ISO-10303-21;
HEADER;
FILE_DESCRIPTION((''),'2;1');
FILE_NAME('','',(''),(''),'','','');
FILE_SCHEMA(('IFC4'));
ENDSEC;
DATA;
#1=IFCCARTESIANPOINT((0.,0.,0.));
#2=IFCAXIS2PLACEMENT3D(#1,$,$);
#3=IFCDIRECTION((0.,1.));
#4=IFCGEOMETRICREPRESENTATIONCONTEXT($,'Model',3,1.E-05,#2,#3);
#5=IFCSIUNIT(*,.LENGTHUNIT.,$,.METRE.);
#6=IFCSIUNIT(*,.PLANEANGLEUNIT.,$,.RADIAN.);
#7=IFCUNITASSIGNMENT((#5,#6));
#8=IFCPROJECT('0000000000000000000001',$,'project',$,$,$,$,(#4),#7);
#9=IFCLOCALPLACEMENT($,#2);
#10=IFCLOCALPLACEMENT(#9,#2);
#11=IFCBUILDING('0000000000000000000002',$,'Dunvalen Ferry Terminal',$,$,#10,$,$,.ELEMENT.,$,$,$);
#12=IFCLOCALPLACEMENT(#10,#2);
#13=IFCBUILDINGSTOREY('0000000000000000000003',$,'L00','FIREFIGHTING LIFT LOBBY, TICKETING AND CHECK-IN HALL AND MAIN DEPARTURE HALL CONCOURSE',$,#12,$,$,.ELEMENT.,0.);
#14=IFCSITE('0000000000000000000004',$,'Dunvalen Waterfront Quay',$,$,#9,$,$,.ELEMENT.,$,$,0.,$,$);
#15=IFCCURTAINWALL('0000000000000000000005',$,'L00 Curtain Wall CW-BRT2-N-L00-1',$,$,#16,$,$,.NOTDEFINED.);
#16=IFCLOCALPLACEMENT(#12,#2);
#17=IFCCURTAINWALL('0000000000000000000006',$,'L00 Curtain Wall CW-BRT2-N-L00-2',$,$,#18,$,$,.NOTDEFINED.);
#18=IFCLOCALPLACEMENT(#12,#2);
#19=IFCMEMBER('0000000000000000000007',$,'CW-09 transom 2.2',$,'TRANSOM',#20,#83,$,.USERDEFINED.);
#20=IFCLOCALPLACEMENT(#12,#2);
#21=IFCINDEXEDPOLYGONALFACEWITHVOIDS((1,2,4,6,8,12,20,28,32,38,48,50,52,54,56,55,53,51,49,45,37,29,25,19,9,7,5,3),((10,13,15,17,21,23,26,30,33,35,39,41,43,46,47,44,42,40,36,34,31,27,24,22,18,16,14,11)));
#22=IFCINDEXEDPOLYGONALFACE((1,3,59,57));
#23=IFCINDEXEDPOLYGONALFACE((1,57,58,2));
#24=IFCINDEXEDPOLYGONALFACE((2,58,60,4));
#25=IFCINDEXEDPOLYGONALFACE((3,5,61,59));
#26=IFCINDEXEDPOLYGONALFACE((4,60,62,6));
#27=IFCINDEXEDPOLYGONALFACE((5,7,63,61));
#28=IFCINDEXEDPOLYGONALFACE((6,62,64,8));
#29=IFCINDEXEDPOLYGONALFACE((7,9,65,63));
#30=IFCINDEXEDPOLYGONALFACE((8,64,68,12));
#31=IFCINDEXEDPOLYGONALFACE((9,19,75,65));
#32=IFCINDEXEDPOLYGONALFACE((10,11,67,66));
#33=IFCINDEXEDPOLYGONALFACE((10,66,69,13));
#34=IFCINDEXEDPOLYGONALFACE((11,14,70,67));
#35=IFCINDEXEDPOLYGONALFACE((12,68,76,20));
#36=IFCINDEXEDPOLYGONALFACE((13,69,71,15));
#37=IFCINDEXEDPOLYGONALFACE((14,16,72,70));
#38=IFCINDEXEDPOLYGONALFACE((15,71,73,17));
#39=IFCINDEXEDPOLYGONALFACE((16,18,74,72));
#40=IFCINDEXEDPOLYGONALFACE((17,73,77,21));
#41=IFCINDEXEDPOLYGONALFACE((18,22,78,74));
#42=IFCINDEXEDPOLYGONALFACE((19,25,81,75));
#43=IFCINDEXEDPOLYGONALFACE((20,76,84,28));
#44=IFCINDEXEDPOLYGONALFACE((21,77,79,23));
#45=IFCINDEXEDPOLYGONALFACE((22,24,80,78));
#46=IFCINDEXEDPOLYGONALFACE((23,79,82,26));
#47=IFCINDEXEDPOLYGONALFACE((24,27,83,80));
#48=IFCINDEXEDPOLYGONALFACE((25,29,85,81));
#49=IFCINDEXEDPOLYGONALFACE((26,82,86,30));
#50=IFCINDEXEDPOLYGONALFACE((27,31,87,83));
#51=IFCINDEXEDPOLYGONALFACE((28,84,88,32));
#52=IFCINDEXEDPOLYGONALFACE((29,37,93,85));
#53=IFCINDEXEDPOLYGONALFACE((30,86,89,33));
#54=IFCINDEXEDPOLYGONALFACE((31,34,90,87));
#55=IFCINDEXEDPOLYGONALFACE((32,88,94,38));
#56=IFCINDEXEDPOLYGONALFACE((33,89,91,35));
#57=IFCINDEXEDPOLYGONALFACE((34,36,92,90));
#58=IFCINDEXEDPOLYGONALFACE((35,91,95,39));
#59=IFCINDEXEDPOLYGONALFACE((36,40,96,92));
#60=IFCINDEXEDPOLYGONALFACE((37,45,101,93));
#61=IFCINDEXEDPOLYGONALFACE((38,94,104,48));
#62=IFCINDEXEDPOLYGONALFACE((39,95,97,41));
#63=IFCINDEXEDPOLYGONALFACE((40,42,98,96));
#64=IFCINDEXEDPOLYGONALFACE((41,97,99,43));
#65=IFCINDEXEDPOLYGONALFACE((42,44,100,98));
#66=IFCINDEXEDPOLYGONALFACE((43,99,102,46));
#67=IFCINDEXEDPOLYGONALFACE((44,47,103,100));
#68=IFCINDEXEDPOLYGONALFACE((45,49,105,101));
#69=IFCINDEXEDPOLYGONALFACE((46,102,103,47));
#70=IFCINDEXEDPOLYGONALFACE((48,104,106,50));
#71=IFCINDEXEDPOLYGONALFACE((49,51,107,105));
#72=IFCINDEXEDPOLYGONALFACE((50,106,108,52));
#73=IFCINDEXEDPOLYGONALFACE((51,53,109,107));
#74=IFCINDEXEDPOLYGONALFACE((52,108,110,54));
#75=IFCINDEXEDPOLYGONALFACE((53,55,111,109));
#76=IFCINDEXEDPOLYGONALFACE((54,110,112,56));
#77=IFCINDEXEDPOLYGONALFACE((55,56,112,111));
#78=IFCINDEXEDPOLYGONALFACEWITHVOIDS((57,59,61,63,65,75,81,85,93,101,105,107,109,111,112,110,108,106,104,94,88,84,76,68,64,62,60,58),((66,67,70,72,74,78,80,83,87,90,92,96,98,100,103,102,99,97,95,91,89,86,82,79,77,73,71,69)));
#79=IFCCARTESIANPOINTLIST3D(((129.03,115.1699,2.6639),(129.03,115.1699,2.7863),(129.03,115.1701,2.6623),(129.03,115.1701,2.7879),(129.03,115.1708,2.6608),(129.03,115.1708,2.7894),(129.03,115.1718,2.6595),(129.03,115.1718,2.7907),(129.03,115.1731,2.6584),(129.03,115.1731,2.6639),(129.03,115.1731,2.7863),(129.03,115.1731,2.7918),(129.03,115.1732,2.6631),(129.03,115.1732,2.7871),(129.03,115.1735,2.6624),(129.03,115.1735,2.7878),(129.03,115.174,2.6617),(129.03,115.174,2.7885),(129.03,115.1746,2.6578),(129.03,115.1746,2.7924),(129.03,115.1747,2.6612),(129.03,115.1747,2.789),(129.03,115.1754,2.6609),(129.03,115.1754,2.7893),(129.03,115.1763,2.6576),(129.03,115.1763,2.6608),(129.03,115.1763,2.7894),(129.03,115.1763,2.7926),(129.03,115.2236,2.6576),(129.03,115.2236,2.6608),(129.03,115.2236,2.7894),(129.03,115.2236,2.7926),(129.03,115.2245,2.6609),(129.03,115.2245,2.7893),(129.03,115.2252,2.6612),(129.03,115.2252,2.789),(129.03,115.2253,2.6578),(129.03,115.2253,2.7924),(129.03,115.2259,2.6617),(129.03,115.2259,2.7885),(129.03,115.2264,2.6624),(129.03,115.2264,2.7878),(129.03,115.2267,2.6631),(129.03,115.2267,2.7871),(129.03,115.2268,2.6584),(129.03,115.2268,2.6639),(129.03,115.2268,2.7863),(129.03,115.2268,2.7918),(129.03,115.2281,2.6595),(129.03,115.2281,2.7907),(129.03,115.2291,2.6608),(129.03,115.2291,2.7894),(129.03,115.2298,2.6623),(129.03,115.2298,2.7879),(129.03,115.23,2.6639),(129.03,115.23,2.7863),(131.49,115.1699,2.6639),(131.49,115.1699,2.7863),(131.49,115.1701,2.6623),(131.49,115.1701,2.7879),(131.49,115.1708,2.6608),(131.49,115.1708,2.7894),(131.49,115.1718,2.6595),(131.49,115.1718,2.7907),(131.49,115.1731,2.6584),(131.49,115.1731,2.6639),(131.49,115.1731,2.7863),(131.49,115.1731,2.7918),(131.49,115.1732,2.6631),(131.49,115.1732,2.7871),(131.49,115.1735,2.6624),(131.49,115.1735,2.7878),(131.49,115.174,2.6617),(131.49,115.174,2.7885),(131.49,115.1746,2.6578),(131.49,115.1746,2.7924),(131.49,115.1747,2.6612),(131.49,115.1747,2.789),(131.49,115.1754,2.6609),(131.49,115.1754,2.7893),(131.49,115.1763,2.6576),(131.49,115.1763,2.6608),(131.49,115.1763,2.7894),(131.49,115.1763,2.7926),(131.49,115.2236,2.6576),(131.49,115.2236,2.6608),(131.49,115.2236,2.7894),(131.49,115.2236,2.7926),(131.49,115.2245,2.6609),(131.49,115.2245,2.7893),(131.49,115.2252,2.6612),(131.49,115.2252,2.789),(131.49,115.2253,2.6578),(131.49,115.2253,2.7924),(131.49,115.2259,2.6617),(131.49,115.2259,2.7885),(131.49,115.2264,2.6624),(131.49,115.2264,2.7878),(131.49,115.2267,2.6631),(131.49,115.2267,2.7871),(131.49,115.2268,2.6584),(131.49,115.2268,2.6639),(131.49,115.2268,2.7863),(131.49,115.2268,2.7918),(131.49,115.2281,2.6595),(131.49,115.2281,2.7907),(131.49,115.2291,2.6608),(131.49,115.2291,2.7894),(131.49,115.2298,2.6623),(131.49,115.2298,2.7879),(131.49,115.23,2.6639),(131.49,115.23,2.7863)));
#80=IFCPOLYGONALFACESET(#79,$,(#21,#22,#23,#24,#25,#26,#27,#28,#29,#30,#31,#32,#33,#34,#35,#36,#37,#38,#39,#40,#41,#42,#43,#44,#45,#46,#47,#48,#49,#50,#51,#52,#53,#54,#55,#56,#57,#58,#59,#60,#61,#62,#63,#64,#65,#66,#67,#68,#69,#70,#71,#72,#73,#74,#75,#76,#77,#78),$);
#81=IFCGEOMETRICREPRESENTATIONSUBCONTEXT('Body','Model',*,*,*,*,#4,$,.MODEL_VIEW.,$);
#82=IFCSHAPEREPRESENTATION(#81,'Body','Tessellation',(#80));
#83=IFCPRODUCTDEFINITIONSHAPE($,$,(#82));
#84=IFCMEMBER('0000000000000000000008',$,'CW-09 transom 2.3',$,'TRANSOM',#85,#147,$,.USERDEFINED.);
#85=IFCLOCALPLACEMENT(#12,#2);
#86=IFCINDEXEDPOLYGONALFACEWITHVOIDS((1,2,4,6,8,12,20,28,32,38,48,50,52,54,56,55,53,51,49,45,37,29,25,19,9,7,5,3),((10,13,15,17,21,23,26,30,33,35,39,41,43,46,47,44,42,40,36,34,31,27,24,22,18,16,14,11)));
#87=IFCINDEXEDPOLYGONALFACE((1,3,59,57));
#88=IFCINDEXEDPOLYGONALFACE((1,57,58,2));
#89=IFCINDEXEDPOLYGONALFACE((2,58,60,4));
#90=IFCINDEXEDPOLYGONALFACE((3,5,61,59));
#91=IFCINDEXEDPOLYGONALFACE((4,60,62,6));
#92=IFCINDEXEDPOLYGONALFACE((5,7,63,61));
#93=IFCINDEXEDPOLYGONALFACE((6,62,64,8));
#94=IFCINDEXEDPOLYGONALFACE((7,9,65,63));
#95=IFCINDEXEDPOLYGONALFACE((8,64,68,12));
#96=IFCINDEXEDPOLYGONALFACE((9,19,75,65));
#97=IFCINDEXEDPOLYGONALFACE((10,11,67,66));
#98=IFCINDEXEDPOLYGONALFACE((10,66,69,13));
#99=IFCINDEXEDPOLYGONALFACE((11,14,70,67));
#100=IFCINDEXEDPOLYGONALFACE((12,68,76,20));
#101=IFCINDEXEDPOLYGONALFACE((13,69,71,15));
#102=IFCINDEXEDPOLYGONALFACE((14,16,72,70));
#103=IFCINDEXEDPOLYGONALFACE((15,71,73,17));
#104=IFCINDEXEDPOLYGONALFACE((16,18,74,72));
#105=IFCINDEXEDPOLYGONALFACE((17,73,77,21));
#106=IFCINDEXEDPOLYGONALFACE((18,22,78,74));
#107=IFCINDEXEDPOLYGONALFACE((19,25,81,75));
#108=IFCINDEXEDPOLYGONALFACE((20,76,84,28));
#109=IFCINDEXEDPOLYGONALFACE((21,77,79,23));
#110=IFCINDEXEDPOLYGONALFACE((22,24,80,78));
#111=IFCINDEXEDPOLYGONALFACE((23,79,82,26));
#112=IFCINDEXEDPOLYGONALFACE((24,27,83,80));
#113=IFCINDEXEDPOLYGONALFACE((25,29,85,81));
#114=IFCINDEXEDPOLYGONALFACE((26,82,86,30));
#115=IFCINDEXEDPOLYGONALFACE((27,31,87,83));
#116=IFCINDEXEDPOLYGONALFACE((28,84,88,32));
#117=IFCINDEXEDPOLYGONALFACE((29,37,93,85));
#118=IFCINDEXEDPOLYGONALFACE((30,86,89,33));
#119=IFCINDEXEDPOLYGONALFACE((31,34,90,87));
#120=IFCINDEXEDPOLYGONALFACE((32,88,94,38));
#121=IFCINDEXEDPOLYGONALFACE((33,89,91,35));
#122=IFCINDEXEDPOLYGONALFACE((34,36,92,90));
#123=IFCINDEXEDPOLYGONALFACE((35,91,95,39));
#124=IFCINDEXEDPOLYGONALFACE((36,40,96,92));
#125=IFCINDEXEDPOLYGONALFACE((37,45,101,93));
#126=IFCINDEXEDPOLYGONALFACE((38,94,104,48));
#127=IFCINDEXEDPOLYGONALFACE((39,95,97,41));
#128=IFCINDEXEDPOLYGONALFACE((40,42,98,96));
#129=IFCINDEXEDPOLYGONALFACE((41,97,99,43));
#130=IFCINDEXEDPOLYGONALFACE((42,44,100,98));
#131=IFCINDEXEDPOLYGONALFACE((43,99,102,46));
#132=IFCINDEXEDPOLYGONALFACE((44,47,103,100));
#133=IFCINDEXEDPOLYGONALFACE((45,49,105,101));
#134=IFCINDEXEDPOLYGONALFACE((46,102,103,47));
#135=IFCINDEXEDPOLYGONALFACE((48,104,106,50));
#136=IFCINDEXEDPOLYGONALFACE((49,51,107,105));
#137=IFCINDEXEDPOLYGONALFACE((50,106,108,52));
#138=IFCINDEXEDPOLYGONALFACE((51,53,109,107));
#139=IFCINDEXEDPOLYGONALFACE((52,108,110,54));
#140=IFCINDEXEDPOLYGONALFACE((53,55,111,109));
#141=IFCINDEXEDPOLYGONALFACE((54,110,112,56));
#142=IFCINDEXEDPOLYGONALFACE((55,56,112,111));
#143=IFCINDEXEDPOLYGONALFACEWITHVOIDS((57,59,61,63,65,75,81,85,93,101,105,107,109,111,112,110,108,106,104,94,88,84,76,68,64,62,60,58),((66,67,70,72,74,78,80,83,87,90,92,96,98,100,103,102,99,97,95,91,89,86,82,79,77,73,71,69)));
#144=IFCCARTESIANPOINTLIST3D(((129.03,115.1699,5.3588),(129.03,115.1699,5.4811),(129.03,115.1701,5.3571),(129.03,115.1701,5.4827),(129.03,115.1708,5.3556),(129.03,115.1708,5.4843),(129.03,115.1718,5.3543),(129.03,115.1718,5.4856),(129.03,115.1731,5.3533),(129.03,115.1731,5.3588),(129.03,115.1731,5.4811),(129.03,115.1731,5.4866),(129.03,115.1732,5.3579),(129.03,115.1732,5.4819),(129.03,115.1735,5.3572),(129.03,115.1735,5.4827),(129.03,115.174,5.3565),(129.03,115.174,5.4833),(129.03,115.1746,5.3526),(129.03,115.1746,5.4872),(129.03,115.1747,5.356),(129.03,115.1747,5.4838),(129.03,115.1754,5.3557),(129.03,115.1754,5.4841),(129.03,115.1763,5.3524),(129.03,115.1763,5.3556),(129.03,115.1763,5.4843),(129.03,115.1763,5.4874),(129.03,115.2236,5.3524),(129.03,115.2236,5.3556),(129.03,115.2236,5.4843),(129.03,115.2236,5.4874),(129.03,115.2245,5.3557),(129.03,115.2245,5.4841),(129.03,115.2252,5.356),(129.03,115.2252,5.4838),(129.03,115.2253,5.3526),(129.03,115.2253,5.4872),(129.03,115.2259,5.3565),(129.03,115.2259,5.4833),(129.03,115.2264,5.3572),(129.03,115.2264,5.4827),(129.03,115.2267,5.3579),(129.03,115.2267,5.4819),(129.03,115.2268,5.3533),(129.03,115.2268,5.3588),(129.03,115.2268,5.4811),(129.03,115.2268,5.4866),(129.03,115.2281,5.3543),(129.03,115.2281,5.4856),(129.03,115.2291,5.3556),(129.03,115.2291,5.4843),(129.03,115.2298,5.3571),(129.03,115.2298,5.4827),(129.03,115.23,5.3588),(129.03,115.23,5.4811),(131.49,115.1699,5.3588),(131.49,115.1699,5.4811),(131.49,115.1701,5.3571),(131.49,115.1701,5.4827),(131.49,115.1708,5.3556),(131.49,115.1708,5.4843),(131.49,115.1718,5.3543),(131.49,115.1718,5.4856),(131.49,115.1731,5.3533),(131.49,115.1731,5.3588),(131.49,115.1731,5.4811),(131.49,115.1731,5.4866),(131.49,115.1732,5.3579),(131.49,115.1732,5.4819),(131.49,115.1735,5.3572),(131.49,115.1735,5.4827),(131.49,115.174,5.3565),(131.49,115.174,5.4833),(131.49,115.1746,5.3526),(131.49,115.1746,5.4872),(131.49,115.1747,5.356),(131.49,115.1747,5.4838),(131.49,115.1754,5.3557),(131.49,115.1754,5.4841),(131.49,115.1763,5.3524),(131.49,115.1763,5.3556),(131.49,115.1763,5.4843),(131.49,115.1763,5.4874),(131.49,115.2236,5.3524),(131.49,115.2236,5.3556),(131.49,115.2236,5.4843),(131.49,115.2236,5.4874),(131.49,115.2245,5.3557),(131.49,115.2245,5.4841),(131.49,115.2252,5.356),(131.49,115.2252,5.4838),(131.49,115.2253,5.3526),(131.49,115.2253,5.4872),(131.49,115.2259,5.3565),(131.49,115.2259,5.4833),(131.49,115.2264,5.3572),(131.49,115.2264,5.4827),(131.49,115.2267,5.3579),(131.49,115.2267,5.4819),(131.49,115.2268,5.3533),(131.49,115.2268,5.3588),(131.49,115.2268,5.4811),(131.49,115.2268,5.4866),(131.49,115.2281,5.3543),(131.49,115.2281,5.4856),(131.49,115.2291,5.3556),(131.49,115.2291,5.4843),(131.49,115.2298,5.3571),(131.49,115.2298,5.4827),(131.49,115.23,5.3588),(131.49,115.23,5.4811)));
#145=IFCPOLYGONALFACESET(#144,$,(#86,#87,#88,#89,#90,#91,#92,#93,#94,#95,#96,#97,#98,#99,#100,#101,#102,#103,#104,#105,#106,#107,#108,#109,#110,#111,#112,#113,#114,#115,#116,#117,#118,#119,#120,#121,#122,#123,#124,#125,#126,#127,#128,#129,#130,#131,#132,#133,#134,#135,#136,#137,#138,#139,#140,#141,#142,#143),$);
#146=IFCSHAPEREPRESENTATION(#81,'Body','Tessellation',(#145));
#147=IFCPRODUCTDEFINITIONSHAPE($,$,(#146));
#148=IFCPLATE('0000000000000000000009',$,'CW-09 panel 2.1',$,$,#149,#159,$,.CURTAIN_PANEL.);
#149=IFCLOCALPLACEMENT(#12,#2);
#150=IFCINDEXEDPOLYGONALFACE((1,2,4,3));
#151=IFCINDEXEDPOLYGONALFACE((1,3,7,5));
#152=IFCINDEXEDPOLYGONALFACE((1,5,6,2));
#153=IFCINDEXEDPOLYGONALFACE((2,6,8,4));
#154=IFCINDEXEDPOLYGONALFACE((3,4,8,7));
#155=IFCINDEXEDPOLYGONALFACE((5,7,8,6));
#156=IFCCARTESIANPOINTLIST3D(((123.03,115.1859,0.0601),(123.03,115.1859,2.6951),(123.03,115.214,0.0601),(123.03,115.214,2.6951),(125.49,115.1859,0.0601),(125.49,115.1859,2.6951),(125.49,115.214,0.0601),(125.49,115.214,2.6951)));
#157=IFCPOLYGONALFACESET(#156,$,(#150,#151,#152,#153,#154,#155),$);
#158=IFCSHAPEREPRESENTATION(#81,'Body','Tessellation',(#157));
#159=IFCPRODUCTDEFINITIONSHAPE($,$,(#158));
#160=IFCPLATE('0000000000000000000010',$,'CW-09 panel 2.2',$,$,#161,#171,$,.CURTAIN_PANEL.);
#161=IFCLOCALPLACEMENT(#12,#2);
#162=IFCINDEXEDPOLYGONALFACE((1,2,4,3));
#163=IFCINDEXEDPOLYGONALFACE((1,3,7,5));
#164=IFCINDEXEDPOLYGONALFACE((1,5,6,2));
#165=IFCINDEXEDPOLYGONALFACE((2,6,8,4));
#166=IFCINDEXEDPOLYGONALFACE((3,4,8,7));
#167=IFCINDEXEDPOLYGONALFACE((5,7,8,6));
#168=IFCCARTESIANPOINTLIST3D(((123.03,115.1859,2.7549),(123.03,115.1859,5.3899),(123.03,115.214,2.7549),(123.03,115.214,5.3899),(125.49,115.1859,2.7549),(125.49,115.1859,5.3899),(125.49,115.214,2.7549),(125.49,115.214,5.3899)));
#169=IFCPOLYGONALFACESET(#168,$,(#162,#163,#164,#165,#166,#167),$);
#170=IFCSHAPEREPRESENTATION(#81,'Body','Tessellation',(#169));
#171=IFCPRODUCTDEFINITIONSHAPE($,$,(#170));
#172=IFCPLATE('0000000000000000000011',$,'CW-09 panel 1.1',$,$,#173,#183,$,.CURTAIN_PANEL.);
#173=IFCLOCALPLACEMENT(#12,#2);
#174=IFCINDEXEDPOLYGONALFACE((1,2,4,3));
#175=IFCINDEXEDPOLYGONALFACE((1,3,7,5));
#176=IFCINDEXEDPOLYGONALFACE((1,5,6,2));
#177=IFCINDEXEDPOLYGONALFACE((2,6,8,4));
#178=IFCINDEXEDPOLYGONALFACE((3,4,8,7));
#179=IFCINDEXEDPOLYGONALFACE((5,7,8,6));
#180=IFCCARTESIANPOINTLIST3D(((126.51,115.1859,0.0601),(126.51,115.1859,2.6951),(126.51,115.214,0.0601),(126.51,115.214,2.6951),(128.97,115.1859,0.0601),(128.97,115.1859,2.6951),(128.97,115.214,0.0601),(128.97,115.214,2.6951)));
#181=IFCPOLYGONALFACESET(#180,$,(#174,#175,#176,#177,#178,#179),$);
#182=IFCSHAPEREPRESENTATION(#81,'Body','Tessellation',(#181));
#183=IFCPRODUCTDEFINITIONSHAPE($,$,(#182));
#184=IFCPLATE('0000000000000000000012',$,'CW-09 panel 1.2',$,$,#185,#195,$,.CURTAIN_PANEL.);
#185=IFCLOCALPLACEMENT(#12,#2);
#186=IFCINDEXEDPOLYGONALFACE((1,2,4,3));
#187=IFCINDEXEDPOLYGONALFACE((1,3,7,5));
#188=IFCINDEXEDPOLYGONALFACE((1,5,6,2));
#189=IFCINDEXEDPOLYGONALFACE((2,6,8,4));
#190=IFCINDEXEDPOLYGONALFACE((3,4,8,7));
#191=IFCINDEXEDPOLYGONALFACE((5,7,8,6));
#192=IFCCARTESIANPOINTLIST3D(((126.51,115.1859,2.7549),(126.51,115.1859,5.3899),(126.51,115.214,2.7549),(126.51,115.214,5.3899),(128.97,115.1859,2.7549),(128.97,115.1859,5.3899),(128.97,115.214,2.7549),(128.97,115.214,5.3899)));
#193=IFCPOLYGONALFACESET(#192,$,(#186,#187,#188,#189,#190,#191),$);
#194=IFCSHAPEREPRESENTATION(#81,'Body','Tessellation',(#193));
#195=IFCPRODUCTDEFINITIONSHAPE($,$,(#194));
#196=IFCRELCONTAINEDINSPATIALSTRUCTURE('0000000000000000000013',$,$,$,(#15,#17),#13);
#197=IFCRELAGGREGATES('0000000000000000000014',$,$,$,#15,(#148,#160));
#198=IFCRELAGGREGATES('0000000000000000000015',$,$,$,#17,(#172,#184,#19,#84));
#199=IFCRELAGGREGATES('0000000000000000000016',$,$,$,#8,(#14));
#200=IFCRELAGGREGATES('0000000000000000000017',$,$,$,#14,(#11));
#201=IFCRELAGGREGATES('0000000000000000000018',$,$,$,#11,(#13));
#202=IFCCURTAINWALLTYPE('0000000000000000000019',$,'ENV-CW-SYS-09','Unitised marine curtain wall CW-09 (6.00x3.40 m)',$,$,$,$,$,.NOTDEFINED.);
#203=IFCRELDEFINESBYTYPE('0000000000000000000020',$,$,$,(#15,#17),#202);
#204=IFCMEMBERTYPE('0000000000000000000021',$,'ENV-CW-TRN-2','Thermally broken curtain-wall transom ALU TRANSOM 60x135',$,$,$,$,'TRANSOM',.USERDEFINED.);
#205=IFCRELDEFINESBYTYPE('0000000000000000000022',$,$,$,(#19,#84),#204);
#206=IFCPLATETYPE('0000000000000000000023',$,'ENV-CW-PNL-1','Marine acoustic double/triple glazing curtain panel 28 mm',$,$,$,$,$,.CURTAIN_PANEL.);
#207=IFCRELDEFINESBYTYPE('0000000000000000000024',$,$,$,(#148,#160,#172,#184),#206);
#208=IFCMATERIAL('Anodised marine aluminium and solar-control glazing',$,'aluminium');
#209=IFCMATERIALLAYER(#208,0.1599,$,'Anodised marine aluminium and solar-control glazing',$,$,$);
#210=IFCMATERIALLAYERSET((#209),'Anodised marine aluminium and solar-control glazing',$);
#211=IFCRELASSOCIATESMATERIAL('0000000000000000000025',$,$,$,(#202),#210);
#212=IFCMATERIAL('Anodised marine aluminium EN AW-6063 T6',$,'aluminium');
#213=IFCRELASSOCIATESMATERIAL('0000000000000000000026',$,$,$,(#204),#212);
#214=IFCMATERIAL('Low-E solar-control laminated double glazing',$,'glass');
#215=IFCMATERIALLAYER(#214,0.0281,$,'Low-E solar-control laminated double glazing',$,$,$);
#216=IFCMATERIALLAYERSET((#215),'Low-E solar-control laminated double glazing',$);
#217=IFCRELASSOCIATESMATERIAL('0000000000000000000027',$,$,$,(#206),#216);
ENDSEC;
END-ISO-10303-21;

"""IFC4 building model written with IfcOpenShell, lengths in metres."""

from ifc_helpers import new_model, si_unit, direction, frame, origin, origin_2d, place, context, subcontext, project, spatial, rectangle, hollow_rectangle, extrude, material, layer, layer_set, material_profile, profile_set, type_object, element, aggregate, save


model = new_model("IFC4")

# Units and contexts
model_context = context("Model", 3, precision=1e-05, world=origin(), true_north=direction((0.0, 1.0)))
body_context = subcontext(model_context, "Body", "Model", "MODEL_VIEW")
ifc_project = project(units=[si_unit("LENGTHUNIT", "METRE"), si_unit("PLANEANGLEUNIT", "RADIAN")], contexts=[model_context])

# Site, building, storey
site_placement = place(None, origin())
site = spatial("IfcSite", under=ifc_project, at=site_placement, Name="Dunvalen Waterfront Quay", CompositionType="ELEMENT", RefElevation=0.0)
building_placement = place(site_placement, origin())
building = spatial("IfcBuilding", under=site, at=building_placement, Name="Dunvalen Ferry Terminal", CompositionType="ELEMENT")
storey_placement = place(building_placement, origin())
storey = spatial("IfcBuildingStorey", under=building, at=storey_placement, Name="L00", Description="FIREFIGHTING LIFT LOBBY, TICKETING AND CHECK-IN HALL AND MAIN DEPARTURE HALL CONCOURSE", CompositionType="ELEMENT", Elevation=0.0)

# Curtain wall
ifc_material_1 = material(Name="Anodised marine aluminium and solar-control glazing", Category="aluminium")
ifc_layer_1 = layer(ifc_material_1, 0.1599, Name="Anodised marine aluminium and solar-control glazing")
ifc_layer_set_1 = layer_set([ifc_layer_1], Name="Anodised marine aluminium and solar-control glazing")
curtain_wall_type = type_object("IfcCurtainWallType", Name="ENV-CW-SYS-09", Description="Unitised marine curtain wall CW-09 (6.00x3.40 m)", PredefinedType="NOTDEFINED", material=ifc_layer_set_1)
curtain_wall_1_placement = place(storey_placement, origin())
curtain_wall_1 = element("IfcCurtainWall", 1, at=curtain_wall_1_placement, inside=storey, type_object=curtain_wall_type, Name="L00 Curtain Wall CW-BRT2-N-L00-1", PredefinedType="NOTDEFINED")
ifc_material_2 = material(Name="Anodised marine aluminium EN AW-6063 T6", Category="aluminium")

# Curtain wall, members
curtain_wall_2_placement = place(storey_placement, origin())
curtain_wall_2 = element("IfcCurtainWall", 2, at=curtain_wall_2_placement, inside=storey, type_object=curtain_wall_type, Name="L00 Curtain Wall CW-BRT2-N-L00-2", PredefinedType="NOTDEFINED")
ifc_material_profile_1 = material_profile(ifc_material_2, hollow_rectangle(XDim=0.0601, YDim=0.135, WallThickness=0.0032, InnerFilletRadius=0.0032, OuterFilletRadius=0.0063, at=origin_2d()), Name="Anodised marine aluminium EN AW-6063 T6")
ifc_profile_set_1 = profile_set([ifc_material_profile_1], Name="Anodised marine aluminium EN AW-6063 T6")
member_type_1 = type_object("IfcMemberType", Name="ENV-CW-TRN-2", Description="Thermally broken curtain-wall transom ALU TRANSOM 60x135", ElementType="TRANSOM", PredefinedType="USERDEFINED", material=ifc_profile_set_1)
member_1_placement = place(storey_placement, frame((129.03, 115.2, 2.7251), z_axis=(1.0, 0.0, 0.0), x_axis=(0.0, 1.0, 0.0)))
member_1 = element("IfcMember", 3, at=member_1_placement, type_object=member_type_1, Name="CW-09 transom 2.2", ObjectType="TRANSOM", PredefinedType="USERDEFINED", context=body_context, shape_type="SweptSolid", body=[
    extrude(hollow_rectangle(XDim=0.0601, YDim=0.135, WallThickness=0.0032, InnerFilletRadius=0.0032, OuterFilletRadius=0.0063, at=origin_2d()), origin(), (0.0, 0.0, 1.0), 2.46),
])
member_2_placement = place(storey_placement, frame((129.03, 115.2, 5.4199), z_axis=(1.0, 0.0, 0.0), x_axis=(0.0, 1.0, 0.0)))
member_2 = element("IfcMember", 4, at=member_2_placement, type_object=member_type_1, Name="CW-09 transom 2.3", ObjectType="TRANSOM", PredefinedType="USERDEFINED", context=body_context, shape_type="SweptSolid", body=[
    extrude(hollow_rectangle(XDim=0.0601, YDim=0.135, WallThickness=0.0032, InnerFilletRadius=0.0032, OuterFilletRadius=0.0063, at=origin_2d()), origin(), (0.0, 0.0, 1.0), 2.46),
])

# Plates
ifc_material_3 = material(Name="Low-E solar-control laminated double glazing", Category="glass")
ifc_layer_2 = layer(ifc_material_3, 0.0281, Name="Low-E solar-control laminated double glazing")
ifc_layer_set_2 = layer_set([ifc_layer_2], Name="Low-E solar-control laminated double glazing")
plate_type = type_object("IfcPlateType", Name="ENV-CW-PNL-1", Description="Marine acoustic double/triple glazing curtain panel 28 mm", PredefinedType="CURTAIN_PANEL", material=ifc_layer_set_2)
plate_1_placement = place(storey_placement, frame((124.26, 115.2, 0.0601), z_axis=(0.0, 0.0, 1.0), x_axis=(1.0, 0.0, 0.0)))
plate_1 = element("IfcPlate", 5, at=plate_1_placement, type_object=plate_type, Name="CW-09 panel 2.1", PredefinedType="CURTAIN_PANEL", context=body_context, shape_type="SweptSolid", body=[
    extrude(rectangle(XDim=2.46, YDim=0.0281, at=origin_2d()), origin(), (0.0, 0.0, 1.0), 2.635),
])
plate_2_placement = place(storey_placement, frame((124.26, 115.2, 2.7549), z_axis=(0.0, 0.0, 1.0), x_axis=(1.0, 0.0, 0.0)))
plate_2 = element("IfcPlate", 6, at=plate_2_placement, type_object=plate_type, Name="CW-09 panel 2.2", PredefinedType="CURTAIN_PANEL", context=body_context, shape_type="SweptSolid", body=[
    extrude(rectangle(XDim=2.46, YDim=0.0281, at=origin_2d()), origin(), (0.0, 0.0, 1.0), 2.635),
])
aggregate(curtain_wall_1, [plate_1, plate_2])
plate_3_placement = place(storey_placement, frame((127.74, 115.2, 0.0601), z_axis=(0.0, 0.0, 1.0), x_axis=(1.0, 0.0, 0.0)))
plate_3 = element("IfcPlate", 7, at=plate_3_placement, type_object=plate_type, Name="CW-09 panel 1.1", PredefinedType="CURTAIN_PANEL", context=body_context, shape_type="SweptSolid", body=[
    extrude(rectangle(XDim=2.46, YDim=0.0281, at=origin_2d()), origin(), (0.0, 0.0, 1.0), 2.635),
])
plate_4_placement = place(storey_placement, frame((127.74, 115.2, 2.7549), z_axis=(0.0, 0.0, 1.0), x_axis=(1.0, 0.0, 0.0)))
plate_4 = element("IfcPlate", 8, at=plate_4_placement, type_object=plate_type, Name="CW-09 panel 1.2", PredefinedType="CURTAIN_PANEL", context=body_context, shape_type="SweptSolid", body=[
    extrude(rectangle(XDim=2.46, YDim=0.0281, at=origin_2d()), origin(), (0.0, 0.0, 1.0), 2.635),
])
aggregate(curtain_wall_2, [plate_3, plate_4, member_1, member_2])

save(model, "model.ifc")
